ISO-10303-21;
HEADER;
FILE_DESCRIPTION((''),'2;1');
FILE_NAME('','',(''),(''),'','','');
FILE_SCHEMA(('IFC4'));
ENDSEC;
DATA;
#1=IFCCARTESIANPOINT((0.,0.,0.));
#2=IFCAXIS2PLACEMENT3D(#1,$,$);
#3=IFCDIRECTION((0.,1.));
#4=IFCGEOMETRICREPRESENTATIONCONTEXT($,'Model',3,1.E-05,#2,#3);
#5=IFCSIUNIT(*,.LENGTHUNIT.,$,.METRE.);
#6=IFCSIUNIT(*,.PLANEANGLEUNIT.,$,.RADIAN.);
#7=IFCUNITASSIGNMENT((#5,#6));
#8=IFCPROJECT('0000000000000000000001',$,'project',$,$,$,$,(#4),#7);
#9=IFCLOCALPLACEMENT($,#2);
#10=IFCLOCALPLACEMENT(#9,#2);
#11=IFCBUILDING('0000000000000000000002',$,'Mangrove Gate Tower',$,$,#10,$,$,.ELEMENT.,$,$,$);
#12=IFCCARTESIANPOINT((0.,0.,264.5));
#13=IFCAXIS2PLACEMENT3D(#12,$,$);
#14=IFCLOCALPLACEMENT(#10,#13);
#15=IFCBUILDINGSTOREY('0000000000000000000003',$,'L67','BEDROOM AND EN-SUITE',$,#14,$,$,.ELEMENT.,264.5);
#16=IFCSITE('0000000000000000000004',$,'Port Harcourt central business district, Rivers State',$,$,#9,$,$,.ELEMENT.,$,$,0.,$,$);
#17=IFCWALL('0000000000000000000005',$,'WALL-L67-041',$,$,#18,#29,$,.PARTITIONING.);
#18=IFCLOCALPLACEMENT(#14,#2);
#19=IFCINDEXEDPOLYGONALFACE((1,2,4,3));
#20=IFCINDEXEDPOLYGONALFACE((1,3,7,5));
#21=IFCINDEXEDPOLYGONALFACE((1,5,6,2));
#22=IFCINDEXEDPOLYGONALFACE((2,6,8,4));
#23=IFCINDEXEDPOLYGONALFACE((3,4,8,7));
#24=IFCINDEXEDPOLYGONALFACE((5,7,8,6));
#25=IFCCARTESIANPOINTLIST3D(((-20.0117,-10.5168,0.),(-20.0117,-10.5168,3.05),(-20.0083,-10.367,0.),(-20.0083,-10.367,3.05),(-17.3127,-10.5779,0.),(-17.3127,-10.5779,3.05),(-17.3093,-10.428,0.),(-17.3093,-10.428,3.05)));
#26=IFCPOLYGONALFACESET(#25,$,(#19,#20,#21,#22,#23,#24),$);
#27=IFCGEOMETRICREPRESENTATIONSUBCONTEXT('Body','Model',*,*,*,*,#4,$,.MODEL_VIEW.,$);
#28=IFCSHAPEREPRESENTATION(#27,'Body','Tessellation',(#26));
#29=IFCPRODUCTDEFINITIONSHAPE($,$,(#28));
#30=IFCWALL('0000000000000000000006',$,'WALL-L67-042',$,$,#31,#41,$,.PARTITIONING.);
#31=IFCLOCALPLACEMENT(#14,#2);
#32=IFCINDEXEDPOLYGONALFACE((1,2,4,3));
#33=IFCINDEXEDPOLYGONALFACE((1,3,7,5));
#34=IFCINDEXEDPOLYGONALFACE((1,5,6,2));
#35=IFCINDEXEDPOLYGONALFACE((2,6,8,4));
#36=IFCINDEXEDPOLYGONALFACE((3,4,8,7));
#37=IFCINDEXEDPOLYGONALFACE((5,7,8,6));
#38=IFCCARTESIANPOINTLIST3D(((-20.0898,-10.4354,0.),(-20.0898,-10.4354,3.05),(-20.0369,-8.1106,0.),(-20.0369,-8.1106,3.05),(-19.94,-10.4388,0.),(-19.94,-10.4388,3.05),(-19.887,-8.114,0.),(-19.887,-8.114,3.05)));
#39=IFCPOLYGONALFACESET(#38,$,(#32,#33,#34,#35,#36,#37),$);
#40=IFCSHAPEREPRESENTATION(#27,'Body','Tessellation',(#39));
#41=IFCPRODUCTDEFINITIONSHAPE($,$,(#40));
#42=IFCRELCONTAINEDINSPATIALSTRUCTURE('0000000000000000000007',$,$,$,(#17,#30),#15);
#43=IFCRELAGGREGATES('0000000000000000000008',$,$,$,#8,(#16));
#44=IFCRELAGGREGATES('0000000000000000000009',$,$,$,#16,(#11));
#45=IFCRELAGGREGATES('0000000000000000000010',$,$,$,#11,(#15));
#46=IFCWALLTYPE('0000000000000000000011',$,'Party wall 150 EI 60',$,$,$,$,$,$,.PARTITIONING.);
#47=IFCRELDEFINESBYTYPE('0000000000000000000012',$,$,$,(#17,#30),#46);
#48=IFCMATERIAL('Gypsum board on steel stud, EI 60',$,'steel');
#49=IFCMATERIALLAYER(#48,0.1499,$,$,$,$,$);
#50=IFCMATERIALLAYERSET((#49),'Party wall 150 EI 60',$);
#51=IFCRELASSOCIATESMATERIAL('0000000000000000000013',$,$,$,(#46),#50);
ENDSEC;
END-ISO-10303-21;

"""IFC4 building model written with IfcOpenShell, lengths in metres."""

from ifc_helpers import new_model, si_unit, direction, frame, frame_2d, origin, place, context, subcontext, project, spatial, rectangle, extrude, material, layer, layer_set, type_object, element, save


model = new_model("IFC4")

# Units and contexts
model_context = context("Model", 3, precision=1e-05, world=origin(), true_north=direction((0.0, 1.0)))
body_context = subcontext(model_context, "Body", "Model", "MODEL_VIEW")
ifc_project = project(units=[si_unit("LENGTHUNIT", "METRE"), si_unit("PLANEANGLEUNIT", "RADIAN")], contexts=[model_context])

# Site, building, storey
site_placement = place(None, origin())
site = spatial("IfcSite", under=ifc_project, at=site_placement, Name="Port Harcourt central business district, Rivers State", CompositionType="ELEMENT", RefElevation=0.0)
building_placement = place(site_placement, origin())
building = spatial("IfcBuilding", under=site, at=building_placement, Name="Mangrove Gate Tower", CompositionType="ELEMENT")
storey_placement = place(building_placement, frame((0.0, 0.0, 264.5)))
storey = spatial("IfcBuildingStorey", under=building, at=storey_placement, Name="L67", Description="BEDROOM AND EN-SUITE", CompositionType="ELEMENT", Elevation=264.5)

# Walls
ifc_material_1 = material(Name="Gypsum board on steel stud, EI 60", Category="steel")
ifc_layer_1 = layer(ifc_material_1, 0.1499)
ifc_layer_set_1 = layer_set([ifc_layer_1], Name="Party wall 150 EI 60")
wall_type_1 = type_object("IfcWallType", Name="Party wall 150 EI 60", PredefinedType="PARTITIONING", material=ifc_layer_set_1)
wall_1_placement = place(storey_placement, frame((-20.01, -10.4419, 0.0), z_axis=(0.0, 0.0, 1.0), x_axis=(0.999744, -0.022608, 0.0)))
element("IfcWall", 1, at=wall_1_placement, inside=storey, type_object=wall_type_1, Name="WALL-L67-041", PredefinedType="PARTITIONING", context=body_context, shape_type="SweptSolid", body=[
    extrude(rectangle(XDim=2.6997, YDim=0.1499, at=frame_2d((1.3499, 0.0))), origin(), (0.0, 0.0, 1.0), 3.05),
])
wall_2_placement = place(storey_placement, frame((-20.0149, -10.437, 0.0), z_axis=(0.0, 0.0, 1.0), x_axis=(0.022781, 0.99974, 0.0)))
element("IfcWall", 2, at=wall_2_placement, inside=storey, type_object=wall_type_1, Name="WALL-L67-042", PredefinedType="PARTITIONING", context=body_context, shape_type="SweptSolid", body=[
    extrude(rectangle(XDim=2.3254, YDim=0.1499, at=frame_2d((1.1626, 0.0))), origin(), (0.0, 0.0, 1.0), 3.05),
])

save(model, "model.ifc")
